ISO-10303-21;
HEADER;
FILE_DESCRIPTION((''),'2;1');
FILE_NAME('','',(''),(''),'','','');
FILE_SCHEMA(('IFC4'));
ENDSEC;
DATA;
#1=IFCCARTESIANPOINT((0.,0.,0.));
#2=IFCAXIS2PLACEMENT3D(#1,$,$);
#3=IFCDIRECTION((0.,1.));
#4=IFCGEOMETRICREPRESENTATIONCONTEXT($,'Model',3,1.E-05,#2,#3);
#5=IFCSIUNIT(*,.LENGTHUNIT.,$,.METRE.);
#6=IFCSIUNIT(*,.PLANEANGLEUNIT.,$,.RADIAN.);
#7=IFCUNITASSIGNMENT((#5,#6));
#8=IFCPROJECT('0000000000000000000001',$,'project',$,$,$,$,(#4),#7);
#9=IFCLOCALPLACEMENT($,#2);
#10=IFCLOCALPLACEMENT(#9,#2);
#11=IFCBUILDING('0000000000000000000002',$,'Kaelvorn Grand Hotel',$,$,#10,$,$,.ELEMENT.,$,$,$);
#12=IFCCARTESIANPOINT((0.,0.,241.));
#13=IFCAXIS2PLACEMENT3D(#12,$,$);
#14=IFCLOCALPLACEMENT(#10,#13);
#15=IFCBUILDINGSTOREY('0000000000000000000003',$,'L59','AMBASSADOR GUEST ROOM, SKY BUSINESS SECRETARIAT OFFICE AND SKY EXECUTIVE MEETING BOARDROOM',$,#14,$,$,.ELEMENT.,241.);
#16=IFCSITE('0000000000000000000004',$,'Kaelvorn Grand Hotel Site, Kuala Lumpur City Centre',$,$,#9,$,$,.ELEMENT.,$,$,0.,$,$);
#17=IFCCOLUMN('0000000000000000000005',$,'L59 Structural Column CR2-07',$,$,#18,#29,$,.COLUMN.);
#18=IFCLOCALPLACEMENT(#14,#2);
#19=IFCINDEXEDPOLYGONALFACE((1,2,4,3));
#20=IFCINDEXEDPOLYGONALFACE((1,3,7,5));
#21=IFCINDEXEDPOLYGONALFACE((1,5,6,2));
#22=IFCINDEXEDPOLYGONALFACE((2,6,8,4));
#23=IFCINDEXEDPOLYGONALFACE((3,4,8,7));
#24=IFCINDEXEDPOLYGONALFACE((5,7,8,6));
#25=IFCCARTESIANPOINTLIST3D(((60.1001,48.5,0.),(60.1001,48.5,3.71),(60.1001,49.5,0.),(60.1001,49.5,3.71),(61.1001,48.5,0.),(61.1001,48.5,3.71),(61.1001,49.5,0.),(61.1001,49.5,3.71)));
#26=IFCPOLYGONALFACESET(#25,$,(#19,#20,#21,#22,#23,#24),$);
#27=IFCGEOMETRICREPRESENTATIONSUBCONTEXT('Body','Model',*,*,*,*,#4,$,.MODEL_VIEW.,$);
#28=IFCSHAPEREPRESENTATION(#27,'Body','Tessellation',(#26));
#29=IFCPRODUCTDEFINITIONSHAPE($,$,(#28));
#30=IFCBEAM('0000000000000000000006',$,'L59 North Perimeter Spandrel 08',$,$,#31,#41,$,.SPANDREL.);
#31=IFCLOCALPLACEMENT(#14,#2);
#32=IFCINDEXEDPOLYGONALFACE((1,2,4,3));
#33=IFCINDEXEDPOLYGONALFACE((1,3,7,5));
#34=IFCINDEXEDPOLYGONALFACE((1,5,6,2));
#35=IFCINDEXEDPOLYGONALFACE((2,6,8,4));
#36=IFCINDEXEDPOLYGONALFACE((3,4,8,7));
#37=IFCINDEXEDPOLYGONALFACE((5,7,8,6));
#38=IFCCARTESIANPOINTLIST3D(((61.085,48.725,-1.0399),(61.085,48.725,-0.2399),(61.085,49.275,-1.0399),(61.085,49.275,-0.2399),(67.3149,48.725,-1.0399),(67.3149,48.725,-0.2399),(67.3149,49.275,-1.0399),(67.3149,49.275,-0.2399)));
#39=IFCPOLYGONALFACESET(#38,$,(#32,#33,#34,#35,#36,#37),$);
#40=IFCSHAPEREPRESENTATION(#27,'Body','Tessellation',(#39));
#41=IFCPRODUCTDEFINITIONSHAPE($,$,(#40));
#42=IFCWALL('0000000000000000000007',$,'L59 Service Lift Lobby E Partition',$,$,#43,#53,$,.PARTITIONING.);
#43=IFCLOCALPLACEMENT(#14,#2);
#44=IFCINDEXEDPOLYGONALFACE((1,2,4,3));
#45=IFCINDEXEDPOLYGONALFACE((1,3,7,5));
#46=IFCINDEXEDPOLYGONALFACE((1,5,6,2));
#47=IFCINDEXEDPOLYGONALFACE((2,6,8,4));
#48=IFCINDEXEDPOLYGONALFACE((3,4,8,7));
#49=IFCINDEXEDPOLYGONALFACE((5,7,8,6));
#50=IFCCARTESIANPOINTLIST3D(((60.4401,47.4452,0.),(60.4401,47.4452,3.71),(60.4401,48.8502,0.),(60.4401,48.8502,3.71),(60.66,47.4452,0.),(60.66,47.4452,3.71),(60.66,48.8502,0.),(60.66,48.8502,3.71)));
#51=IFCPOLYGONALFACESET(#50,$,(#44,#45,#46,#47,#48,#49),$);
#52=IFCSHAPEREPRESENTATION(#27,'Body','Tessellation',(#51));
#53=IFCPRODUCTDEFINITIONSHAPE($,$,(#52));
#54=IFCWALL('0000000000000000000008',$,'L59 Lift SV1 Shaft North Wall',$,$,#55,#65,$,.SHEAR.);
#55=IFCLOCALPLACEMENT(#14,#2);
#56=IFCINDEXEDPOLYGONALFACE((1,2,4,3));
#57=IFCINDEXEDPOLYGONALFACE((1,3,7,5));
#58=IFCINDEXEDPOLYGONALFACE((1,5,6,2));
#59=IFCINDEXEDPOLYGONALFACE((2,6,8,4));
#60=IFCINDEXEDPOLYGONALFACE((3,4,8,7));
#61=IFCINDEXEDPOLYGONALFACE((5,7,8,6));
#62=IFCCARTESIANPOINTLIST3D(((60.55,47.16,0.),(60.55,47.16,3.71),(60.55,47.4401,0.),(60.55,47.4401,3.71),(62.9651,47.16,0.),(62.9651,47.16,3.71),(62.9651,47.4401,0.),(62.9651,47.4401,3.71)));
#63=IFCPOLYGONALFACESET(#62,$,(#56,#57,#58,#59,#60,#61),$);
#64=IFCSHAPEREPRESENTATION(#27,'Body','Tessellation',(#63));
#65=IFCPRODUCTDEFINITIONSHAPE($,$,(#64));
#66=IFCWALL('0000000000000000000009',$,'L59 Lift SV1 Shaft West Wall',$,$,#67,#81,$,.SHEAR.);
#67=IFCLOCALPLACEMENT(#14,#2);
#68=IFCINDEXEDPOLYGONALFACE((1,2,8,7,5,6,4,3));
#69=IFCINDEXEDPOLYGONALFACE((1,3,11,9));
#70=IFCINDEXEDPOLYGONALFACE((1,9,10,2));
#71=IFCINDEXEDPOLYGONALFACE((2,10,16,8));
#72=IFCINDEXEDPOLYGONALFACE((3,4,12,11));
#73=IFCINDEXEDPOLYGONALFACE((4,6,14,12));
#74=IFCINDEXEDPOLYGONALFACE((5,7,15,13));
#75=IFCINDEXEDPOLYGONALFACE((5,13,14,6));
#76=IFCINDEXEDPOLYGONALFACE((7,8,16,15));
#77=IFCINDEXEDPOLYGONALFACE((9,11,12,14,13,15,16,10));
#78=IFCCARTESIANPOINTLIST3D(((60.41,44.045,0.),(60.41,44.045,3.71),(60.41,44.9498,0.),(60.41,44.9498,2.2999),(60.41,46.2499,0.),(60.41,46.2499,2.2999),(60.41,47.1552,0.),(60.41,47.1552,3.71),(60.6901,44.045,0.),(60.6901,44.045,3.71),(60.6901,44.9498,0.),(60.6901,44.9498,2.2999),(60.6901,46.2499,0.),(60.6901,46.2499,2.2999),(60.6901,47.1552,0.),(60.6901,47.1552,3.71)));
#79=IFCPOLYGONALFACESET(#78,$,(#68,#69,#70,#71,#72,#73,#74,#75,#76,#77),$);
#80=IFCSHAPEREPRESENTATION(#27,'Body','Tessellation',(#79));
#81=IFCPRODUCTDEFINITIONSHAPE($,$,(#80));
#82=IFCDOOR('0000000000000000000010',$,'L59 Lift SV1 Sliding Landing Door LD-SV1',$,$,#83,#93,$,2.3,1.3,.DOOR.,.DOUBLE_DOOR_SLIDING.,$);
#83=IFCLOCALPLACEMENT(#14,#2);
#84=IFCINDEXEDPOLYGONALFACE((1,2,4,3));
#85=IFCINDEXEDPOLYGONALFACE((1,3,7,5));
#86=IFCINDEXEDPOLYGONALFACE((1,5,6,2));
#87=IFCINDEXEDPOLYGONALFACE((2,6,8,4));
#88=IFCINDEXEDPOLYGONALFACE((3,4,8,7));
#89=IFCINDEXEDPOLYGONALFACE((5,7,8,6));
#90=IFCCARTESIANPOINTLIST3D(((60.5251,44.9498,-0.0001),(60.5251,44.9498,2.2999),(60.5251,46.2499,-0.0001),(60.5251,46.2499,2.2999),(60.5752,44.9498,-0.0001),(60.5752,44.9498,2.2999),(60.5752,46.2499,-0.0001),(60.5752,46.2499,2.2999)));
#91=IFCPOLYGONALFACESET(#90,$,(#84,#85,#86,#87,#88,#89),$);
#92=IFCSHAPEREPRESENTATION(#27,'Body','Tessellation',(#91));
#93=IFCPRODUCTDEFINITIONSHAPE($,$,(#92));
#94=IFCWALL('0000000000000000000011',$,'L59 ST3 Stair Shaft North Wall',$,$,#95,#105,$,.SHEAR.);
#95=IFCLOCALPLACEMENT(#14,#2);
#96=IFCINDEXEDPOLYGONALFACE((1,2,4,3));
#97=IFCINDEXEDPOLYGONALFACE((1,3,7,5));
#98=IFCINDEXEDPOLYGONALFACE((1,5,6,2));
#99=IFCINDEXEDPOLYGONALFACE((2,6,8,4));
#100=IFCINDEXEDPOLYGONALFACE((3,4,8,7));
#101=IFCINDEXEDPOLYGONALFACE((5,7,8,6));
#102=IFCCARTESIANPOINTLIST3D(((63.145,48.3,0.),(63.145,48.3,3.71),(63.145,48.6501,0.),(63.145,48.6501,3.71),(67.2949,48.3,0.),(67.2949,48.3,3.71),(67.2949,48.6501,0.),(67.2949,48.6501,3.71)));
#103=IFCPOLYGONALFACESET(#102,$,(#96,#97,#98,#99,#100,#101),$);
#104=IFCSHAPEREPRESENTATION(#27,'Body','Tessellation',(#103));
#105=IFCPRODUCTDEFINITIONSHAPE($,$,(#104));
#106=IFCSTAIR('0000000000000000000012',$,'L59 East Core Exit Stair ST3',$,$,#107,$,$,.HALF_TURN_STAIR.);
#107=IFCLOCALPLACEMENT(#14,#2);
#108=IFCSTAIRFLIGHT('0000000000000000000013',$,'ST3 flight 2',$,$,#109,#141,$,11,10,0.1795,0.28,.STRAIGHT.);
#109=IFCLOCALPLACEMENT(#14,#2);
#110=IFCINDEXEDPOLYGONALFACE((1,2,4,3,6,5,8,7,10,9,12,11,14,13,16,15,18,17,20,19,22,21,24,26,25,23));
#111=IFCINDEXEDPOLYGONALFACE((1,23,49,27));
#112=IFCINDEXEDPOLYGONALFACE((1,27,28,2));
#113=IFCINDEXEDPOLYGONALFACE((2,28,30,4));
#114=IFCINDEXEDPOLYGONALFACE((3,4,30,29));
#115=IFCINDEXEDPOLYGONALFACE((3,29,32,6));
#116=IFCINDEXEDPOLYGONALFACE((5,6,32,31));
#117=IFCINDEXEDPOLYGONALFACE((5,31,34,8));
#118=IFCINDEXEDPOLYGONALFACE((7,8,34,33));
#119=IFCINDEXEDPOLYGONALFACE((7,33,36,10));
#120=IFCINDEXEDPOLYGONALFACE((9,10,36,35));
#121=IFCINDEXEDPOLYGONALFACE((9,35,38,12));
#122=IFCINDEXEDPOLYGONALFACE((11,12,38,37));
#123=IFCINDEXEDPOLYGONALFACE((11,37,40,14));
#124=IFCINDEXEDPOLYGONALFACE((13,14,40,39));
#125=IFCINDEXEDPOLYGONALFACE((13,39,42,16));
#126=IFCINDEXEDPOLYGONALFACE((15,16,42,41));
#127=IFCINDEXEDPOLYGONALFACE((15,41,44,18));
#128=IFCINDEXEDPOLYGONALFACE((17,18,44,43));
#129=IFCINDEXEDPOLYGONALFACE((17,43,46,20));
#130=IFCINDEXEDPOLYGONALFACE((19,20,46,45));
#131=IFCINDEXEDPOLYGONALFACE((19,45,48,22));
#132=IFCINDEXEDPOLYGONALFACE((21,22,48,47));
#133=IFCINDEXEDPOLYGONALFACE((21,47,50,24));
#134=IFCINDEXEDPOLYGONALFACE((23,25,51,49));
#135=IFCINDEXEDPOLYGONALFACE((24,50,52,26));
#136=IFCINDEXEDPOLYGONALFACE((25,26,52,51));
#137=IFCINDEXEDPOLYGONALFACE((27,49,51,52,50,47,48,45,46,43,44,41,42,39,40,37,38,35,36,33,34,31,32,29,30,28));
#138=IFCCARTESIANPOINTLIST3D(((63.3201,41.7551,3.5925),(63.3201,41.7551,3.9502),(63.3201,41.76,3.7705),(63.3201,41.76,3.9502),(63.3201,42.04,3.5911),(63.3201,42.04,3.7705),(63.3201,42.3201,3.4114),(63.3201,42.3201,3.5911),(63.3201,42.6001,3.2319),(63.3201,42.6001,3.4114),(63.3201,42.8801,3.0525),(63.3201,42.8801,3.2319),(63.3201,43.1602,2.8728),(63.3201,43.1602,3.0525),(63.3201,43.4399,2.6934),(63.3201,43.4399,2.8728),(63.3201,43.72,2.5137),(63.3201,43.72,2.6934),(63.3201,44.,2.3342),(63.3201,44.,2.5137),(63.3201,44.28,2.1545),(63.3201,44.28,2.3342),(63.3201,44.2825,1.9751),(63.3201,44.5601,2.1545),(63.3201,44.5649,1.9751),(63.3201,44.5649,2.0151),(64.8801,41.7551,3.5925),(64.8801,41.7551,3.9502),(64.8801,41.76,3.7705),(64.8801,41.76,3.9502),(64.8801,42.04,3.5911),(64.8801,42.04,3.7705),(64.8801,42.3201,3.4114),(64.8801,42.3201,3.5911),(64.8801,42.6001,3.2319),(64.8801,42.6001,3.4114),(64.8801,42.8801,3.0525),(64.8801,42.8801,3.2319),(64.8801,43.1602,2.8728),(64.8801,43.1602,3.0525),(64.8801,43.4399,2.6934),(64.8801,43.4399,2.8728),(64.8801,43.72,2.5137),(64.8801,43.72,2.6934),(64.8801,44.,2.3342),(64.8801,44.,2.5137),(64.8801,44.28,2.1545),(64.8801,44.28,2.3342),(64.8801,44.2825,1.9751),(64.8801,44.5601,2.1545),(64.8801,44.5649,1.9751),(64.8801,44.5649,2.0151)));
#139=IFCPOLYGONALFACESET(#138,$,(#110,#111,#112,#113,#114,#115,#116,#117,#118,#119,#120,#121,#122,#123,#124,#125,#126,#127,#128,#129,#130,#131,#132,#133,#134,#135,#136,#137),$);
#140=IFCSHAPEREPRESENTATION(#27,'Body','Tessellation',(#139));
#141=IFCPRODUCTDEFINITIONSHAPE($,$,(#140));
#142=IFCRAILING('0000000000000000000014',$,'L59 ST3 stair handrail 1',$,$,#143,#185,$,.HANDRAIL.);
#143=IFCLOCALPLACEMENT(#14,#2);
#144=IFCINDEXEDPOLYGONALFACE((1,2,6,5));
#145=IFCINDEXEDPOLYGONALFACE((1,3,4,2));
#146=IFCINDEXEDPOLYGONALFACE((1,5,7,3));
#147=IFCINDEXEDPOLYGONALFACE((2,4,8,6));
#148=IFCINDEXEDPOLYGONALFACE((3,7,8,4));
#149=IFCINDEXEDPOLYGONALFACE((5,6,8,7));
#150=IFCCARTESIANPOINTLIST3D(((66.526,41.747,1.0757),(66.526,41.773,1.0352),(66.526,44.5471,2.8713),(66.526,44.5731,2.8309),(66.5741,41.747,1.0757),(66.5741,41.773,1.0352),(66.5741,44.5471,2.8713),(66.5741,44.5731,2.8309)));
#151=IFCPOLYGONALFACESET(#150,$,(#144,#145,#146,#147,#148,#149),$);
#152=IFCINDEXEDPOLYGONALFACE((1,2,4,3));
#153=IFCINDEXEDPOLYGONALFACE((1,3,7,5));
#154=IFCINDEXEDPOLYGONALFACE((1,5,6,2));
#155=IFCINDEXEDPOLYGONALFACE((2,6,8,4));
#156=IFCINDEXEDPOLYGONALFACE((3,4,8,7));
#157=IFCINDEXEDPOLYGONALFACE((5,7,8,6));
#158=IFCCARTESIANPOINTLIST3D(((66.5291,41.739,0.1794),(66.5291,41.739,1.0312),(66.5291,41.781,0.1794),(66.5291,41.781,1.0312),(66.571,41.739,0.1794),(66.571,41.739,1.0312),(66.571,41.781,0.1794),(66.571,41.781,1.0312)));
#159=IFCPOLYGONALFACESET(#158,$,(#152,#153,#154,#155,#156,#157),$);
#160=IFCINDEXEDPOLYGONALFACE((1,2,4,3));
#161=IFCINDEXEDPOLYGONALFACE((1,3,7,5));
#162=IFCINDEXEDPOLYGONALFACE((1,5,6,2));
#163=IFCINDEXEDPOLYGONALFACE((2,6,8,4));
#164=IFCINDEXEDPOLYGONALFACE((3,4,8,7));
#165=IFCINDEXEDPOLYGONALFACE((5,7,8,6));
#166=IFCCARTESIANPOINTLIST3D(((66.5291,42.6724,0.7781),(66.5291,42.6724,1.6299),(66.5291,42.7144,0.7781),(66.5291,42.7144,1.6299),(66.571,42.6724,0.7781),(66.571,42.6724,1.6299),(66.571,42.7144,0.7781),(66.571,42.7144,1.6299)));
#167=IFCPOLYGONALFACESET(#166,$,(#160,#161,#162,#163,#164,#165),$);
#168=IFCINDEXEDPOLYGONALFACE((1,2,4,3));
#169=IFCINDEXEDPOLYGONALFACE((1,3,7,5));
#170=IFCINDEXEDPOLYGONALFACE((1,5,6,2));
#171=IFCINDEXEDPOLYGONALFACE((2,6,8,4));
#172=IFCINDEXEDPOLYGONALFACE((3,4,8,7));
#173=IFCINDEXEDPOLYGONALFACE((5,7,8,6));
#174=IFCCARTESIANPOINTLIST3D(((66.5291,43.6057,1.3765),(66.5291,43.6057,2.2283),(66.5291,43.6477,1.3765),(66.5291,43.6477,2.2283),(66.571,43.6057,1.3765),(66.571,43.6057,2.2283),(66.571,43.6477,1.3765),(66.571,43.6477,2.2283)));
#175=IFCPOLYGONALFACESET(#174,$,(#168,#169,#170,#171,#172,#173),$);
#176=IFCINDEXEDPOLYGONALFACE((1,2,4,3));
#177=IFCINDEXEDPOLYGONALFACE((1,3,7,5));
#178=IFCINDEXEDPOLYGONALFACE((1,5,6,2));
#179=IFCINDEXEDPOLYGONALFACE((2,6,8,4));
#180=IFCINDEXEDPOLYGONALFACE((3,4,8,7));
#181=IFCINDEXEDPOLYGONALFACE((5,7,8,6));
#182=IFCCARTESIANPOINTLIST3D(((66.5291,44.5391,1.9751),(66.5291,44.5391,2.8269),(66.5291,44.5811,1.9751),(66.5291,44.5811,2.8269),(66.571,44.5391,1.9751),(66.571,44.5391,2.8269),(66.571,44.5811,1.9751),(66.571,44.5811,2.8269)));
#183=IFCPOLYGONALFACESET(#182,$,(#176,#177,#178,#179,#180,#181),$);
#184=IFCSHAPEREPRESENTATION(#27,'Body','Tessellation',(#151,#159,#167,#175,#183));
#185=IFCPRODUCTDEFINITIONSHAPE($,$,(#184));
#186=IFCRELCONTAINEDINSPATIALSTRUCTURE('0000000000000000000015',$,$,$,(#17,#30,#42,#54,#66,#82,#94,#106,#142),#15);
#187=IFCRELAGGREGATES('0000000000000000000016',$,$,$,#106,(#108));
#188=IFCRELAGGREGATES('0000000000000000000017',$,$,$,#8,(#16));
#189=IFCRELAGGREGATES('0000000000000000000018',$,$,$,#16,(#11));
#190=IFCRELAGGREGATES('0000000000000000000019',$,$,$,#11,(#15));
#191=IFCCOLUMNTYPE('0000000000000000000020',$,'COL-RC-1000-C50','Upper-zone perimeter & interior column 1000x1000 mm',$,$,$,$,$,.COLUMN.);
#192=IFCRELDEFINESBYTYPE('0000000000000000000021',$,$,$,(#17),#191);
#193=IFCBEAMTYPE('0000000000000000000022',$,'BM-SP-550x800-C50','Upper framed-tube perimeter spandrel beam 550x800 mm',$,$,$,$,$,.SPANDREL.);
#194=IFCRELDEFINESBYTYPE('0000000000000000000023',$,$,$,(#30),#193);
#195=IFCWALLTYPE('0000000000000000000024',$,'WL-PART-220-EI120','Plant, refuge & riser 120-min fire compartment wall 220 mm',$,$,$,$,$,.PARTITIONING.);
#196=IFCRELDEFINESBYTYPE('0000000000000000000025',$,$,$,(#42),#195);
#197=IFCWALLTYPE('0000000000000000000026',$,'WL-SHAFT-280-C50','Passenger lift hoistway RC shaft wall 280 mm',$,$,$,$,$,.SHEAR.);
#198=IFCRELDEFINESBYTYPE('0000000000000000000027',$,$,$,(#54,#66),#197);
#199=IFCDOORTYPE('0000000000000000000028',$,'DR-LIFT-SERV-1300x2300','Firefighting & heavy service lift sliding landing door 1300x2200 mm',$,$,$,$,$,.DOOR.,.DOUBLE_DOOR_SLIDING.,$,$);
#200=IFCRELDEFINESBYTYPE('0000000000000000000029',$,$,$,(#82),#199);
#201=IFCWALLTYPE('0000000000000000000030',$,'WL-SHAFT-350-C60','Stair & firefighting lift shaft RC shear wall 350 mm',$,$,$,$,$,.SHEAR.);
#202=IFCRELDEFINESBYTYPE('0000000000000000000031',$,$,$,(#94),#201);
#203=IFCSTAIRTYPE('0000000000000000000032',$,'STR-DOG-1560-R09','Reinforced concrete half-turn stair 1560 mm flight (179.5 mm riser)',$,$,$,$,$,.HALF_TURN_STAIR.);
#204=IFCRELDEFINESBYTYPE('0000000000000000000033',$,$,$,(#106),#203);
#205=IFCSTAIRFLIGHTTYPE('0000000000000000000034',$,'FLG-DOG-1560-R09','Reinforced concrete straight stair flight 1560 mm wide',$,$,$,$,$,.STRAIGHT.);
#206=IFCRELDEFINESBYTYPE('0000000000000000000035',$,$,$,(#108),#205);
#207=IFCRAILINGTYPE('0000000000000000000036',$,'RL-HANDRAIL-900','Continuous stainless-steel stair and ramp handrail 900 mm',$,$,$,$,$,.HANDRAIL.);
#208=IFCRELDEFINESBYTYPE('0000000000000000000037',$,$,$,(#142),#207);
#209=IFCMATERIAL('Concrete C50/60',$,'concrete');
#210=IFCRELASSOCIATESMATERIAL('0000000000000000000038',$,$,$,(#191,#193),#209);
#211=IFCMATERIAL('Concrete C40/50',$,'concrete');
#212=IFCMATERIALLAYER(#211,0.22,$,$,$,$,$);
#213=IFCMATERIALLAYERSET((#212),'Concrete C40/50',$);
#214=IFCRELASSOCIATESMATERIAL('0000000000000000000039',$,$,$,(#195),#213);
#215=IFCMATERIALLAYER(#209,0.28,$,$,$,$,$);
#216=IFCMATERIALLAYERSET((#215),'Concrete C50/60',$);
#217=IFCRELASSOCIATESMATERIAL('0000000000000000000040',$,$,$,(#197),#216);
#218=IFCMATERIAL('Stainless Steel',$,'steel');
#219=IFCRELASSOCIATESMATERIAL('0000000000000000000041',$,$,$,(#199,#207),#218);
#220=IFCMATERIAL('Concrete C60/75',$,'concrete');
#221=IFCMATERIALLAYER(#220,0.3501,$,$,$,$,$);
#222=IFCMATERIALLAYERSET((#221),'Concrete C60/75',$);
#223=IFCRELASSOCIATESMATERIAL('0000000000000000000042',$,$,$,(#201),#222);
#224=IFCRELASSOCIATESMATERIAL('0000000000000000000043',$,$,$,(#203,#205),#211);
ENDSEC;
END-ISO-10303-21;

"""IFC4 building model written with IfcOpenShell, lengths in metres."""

from ifc_helpers import new_model, si_unit, direction, frame, frame_2d, origin, origin_2d, place, context, subcontext, project, spatial, polyline, rectangle, outline, extrude, material, layer, layer_set, material_profile, profile_set, type_object, element, fill, aggregate, save


model = new_model("IFC4")

# Units and contexts
model_context = context("Model", 3, precision=1e-05, world=origin(), true_north=direction((0.0, 1.0)))
body_context = subcontext(model_context, "Body", "Model", "MODEL_VIEW")
ifc_project = project(units=[si_unit("LENGTHUNIT", "METRE"), si_unit("PLANEANGLEUNIT", "RADIAN")], contexts=[model_context])

# Site, building, storey
site_placement = place(None, origin())
site = spatial("IfcSite", under=ifc_project, at=site_placement, Name="Kaelvorn Grand Hotel Site, Kuala Lumpur City Centre", CompositionType="ELEMENT", RefElevation=0.0)
building_placement = place(site_placement, origin())
building = spatial("IfcBuilding", under=site, at=building_placement, Name="Kaelvorn Grand Hotel", CompositionType="ELEMENT")
storey_placement = place(building_placement, frame((0.0, 0.0, 241.0)))
storey = spatial("IfcBuildingStorey", under=building, at=storey_placement, Name="L59", Description="AMBASSADOR GUEST ROOM, SKY BUSINESS SECRETARIAT OFFICE AND SKY EXECUTIVE MEETING BOARDROOM", CompositionType="ELEMENT", Elevation=241.0)

# Column
ifc_material_1 = material(Name="Concrete C50/60", Category="concrete")
ifc_material_profile_1 = material_profile(ifc_material_1, rectangle(XDim=1.0, YDim=1.0, at=origin_2d()), Name="RC COL 1000x1000")
ifc_profile_set_1 = profile_set([ifc_material_profile_1], Name="Concrete C50/60")
column_type = type_object("IfcColumnType", Name="COL-RC-1000-C50", Description="Upper-zone perimeter & interior column 1000x1000 mm", PredefinedType="COLUMN", material=ifc_profile_set_1)
column_placement = place(storey_placement, frame((60.6001, 49.0, 0.0), z_axis=(0.0, 0.0, 1.0), x_axis=(1.0, 0.0, 0.0)))
element("IfcColumn", 1, at=column_placement, inside=storey, type_object=column_type, Name="L59 Structural Column CR2-07", PredefinedType="COLUMN", context=body_context, shape_type="SweptSolid", body=[
    extrude(rectangle(XDim=1.0, YDim=1.0, at=origin_2d()), origin(), (0.0, 0.0, 1.0), 3.71),
])

# Beam
ifc_material_profile_2 = material_profile(ifc_material_1, rectangle(XDim=0.55, YDim=0.8, at=origin_2d()), Name="RC SPANDREL 550x800")
ifc_profile_set_2 = profile_set([ifc_material_profile_2], Name="Concrete C50/60")
beam_type = type_object("IfcBeamType", Name="BM-SP-550x800-C50", Description="Upper framed-tube perimeter spandrel beam 550x800 mm", PredefinedType="SPANDREL", material=ifc_profile_set_2)
beam_placement = place(storey_placement, frame((61.085, 49.0, -0.6399), z_axis=(1.0, 0.0, 0.0), x_axis=(0.0, 1.0, 0.0)))
element("IfcBeam", 2, at=beam_placement, inside=storey, type_object=beam_type, Name="L59 North Perimeter Spandrel 08", PredefinedType="SPANDREL", context=body_context, shape_type="SweptSolid", body=[
    extrude(rectangle(XDim=0.55, YDim=0.8, at=origin_2d()), origin(), (0.0, 0.0, 1.0), 6.23),
])

# Walls
ifc_material_2 = material(Name="Concrete C40/50", Category="concrete")
ifc_layer_1 = layer(ifc_material_2, 0.22)
ifc_layer_set_1 = layer_set([ifc_layer_1], Name="Concrete C40/50")
wall_type_1 = type_object("IfcWallType", Name="WL-PART-220-EI120", Description="Plant, refuge & riser 120-min fire compartment wall 220 mm", PredefinedType="PARTITIONING", material=ifc_layer_set_1)
wall_1_placement = place(storey_placement, frame((60.55, 47.4451, 0.0), z_axis=(0.0, 0.0, 1.0), x_axis=(0.0, 1.0, 0.0)))
element("IfcWall", 3, at=wall_1_placement, inside=storey, type_object=wall_type_1, Name="L59 Service Lift Lobby E Partition", PredefinedType="PARTITIONING", context=body_context, shape_type="SweptSolid", body=[
    extrude(rectangle(XDim=1.405, YDim=0.22, at=frame_2d((0.7026, 0.0))), origin(), (0.0, 0.0, 1.0), 3.71),
])
ifc_layer_2 = layer(ifc_material_1, 0.28)
ifc_layer_set_2 = layer_set([ifc_layer_2], Name="Concrete C50/60")
wall_type_2 = type_object("IfcWallType", Name="WL-SHAFT-280-C50", Description="Passenger lift hoistway RC shaft wall 280 mm", PredefinedType="SHEAR", material=ifc_layer_set_2)
wall_2_placement = place(storey_placement, frame((60.55, 47.3, 0.0), z_axis=(0.0, 0.0, 1.0), x_axis=(1.0, 0.0, 0.0)))
element("IfcWall", 4, at=wall_2_placement, inside=storey, type_object=wall_type_2, Name="L59 Lift SV1 Shaft North Wall", PredefinedType="SHEAR", context=body_context, shape_type="SweptSolid", body=[
    extrude(rectangle(XDim=2.415, YDim=0.28, at=frame_2d((1.2075, 0.0))), origin(), (0.0, 0.0, 1.0), 3.71),
])

# Wall, opening, door
wall_3_placement = place(storey_placement, frame((60.55, 44.0449, 0.0), z_axis=(0.0, 0.0, 1.0), x_axis=(0.0, 1.0, 0.0)))
wall_3 = element("IfcWall", 5, at=wall_3_placement, inside=storey, type_object=wall_type_2, Name="L59 Lift SV1 Shaft West Wall", PredefinedType="SHEAR", context=body_context, shape_type="SweptSolid", body=[
    extrude(rectangle(XDim=3.1101, YDim=0.28, at=frame_2d((1.5552, 0.0))), origin(), (0.0, 0.0, 1.0), 3.71),
])
opening_placement = place(wall_3_placement, frame((0.905, 0.0, 0.0)))
opening = element("IfcOpeningElement", 6, at=opening_placement, cuts=wall_3, PredefinedType="OPENING", context=body_context, shape_type="SweptSolid", body=[
    extrude(rectangle(XDim=1.3, YDim=2.3, at=frame_2d((0.6499, 1.1499))), frame((0.0, 0.1499, 0.0), z_axis=(0.0, -1.0, 0.0), x_axis=(1.0, 0.0, 0.0)), (0.0, 0.0, 1.0), 0.3),
])
ifc_material_3 = material(Name="Stainless Steel", Category="steel")
door_type = type_object("IfcDoorType", Name="DR-LIFT-SERV-1300x2300", Description="Firefighting & heavy service lift sliding landing door 1300x2200 mm", OperationType="DOUBLE_DOOR_SLIDING", PredefinedType="DOOR", material=ifc_material_3)
door_placement = place(opening_placement, origin())
door = element("IfcDoor", 7, at=door_placement, inside=storey, type_object=door_type, Name="L59 Lift SV1 Sliding Landing Door LD-SV1", OperationType="DOUBLE_DOOR_SLIDING", OverallHeight=2.3, OverallWidth=1.3, PredefinedType="DOOR", context=body_context, shape_type="SweptSolid", body=[
    extrude(rectangle(XDim=1.3, YDim=2.3, at=frame_2d((0.6499, 1.1499))), frame((0.0, 0.0249, 0.0), z_axis=(0.0, -1.0, 0.0), x_axis=(1.0, 0.0, 0.0)), (0.0, 0.0, 1.0), 0.05),
])
fill(opening, door)

# Wall
ifc_material_4 = material(Name="Concrete C60/75", Category="concrete")
ifc_layer_3 = layer(ifc_material_4, 0.3501)
ifc_layer_set_3 = layer_set([ifc_layer_3], Name="Concrete C60/75")
wall_type_3 = type_object("IfcWallType", Name="WL-SHAFT-350-C60", Description="Stair & firefighting lift shaft RC shear wall 350 mm", PredefinedType="SHEAR", material=ifc_layer_set_3)
wall_4_placement = place(storey_placement, frame((63.145, 48.4751, 0.0), z_axis=(0.0, 0.0, 1.0), x_axis=(1.0, 0.0, 0.0)))
element("IfcWall", 8, at=wall_4_placement, inside=storey, type_object=wall_type_3, Name="L59 ST3 Stair Shaft North Wall", PredefinedType="SHEAR", context=body_context, shape_type="SweptSolid", body=[
    extrude(rectangle(XDim=4.1499, YDim=0.3501, at=frame_2d((2.075, 0.0))), origin(), (0.0, 0.0, 1.0), 3.71),
])

# Stair, stair flight
stair_type = type_object("IfcStairType", Name="STR-DOG-1560-R09", Description="Reinforced concrete half-turn stair 1560 mm flight (179.5 mm riser)", PredefinedType="HALF_TURN_STAIR", material=ifc_material_2)
stair_placement = place(storey_placement, origin())
stair = element("IfcStair", 9, at=stair_placement, inside=storey, type_object=stair_type, Name="L59 East Core Exit Stair ST3", PredefinedType="HALF_TURN_STAIR")
stair_flight_type = type_object("IfcStairFlightType", Name="FLG-DOG-1560-R09", Description="Reinforced concrete straight stair flight 1560 mm wide", PredefinedType="STRAIGHT", material=ifc_material_2)
stair_flight_placement = place(storey_placement, frame((64.1001, 44.5601, 1.9751), z_axis=(0.0, 0.0, 1.0), x_axis=(0.0, -1.0, 0.0)))
stair_flight = element("IfcStairFlight", 10, at=stair_flight_placement, type_object=stair_flight_type, Name="ST3 flight 2", NumberOfRisers=11, NumberOfTreads=10, PredefinedType="STRAIGHT", RiserHeight=0.1795, TreadLength=0.28, context=body_context, shape_type="SweptSolid", body=[
    extrude(outline(polyline([(-0.0049, 0.0), (-0.0049, 0.04), (0.0, 0.1794), (0.28, 0.1794), (0.28, 0.3591), (0.5601, 0.3591), (0.5601, 0.5386), (0.8401, 0.5386), (0.8401, 0.7183), (1.1201, 0.7183), (1.1201, 0.8977), (1.3999, 0.8977), (1.3999, 1.0774), (1.6799, 1.0774), (1.6799, 1.2568), (1.96, 1.2568), (1.96, 1.4363), (2.24, 1.4363), (2.24, 1.616), (2.52, 1.616), (2.52, 1.7954), (2.8, 1.7954), (2.8, 1.9751), (2.8049, 1.9751), (2.8049, 1.6174), (0.2776, 0.0), (-0.0049, 0.0)])), frame((0.0, 0.78, 0.0), z_axis=(0.0, -1.0, 0.0), x_axis=(1.0, 0.0, 0.0)), (0.0, 0.0, 1.0), 1.5601),
])
aggregate(stair, [stair_flight])

# Railing
railing_type_1 = type_object("IfcRailingType", Name="RL-HANDRAIL-900", Description="Continuous stainless-steel stair and ramp handrail 900 mm", PredefinedType="HANDRAIL", material=ifc_material_3)
railing_1_placement = place(storey_placement, frame((66.55, 41.76, 0.1794)))
element("IfcRailing", 11, at=railing_1_placement, inside=storey, type_object=railing_type_1, Name="L59 ST3 stair handrail 1", PredefinedType="HANDRAIL", context=body_context, shape_type="SweptSolid", body=[
    extrude(rectangle(XDim=0.0481, YDim=0.0481, at=origin_2d()), frame((0.0, 0.0, 0.876), z_axis=(0.0, 0.841777, 0.539826), x_axis=(-1.0, 0.0, 0.0)), (0.0, 0.0, 1.0), 3.3264),
    extrude(rectangle(XDim=0.042, YDim=0.042, at=origin_2d()), origin(), (0.0, 0.0, 1.0), 0.8518),
    extrude(rectangle(XDim=0.042, YDim=0.042, at=origin_2d()), frame((0.0, 0.9333, 0.5986)), (0.0, 0.0, 1.0), 0.8518),
    extrude(rectangle(XDim=0.042, YDim=0.042, at=origin_2d()), frame((0.0, 1.8667, 1.197)), (0.0, 0.0, 1.0), 0.8518),
    extrude(rectangle(XDim=0.042, YDim=0.042, at=origin_2d()), frame((0.0, 2.8, 1.7957)), (0.0, 0.0, 1.0), 0.8518),
])

save(model, "model.ifc")
